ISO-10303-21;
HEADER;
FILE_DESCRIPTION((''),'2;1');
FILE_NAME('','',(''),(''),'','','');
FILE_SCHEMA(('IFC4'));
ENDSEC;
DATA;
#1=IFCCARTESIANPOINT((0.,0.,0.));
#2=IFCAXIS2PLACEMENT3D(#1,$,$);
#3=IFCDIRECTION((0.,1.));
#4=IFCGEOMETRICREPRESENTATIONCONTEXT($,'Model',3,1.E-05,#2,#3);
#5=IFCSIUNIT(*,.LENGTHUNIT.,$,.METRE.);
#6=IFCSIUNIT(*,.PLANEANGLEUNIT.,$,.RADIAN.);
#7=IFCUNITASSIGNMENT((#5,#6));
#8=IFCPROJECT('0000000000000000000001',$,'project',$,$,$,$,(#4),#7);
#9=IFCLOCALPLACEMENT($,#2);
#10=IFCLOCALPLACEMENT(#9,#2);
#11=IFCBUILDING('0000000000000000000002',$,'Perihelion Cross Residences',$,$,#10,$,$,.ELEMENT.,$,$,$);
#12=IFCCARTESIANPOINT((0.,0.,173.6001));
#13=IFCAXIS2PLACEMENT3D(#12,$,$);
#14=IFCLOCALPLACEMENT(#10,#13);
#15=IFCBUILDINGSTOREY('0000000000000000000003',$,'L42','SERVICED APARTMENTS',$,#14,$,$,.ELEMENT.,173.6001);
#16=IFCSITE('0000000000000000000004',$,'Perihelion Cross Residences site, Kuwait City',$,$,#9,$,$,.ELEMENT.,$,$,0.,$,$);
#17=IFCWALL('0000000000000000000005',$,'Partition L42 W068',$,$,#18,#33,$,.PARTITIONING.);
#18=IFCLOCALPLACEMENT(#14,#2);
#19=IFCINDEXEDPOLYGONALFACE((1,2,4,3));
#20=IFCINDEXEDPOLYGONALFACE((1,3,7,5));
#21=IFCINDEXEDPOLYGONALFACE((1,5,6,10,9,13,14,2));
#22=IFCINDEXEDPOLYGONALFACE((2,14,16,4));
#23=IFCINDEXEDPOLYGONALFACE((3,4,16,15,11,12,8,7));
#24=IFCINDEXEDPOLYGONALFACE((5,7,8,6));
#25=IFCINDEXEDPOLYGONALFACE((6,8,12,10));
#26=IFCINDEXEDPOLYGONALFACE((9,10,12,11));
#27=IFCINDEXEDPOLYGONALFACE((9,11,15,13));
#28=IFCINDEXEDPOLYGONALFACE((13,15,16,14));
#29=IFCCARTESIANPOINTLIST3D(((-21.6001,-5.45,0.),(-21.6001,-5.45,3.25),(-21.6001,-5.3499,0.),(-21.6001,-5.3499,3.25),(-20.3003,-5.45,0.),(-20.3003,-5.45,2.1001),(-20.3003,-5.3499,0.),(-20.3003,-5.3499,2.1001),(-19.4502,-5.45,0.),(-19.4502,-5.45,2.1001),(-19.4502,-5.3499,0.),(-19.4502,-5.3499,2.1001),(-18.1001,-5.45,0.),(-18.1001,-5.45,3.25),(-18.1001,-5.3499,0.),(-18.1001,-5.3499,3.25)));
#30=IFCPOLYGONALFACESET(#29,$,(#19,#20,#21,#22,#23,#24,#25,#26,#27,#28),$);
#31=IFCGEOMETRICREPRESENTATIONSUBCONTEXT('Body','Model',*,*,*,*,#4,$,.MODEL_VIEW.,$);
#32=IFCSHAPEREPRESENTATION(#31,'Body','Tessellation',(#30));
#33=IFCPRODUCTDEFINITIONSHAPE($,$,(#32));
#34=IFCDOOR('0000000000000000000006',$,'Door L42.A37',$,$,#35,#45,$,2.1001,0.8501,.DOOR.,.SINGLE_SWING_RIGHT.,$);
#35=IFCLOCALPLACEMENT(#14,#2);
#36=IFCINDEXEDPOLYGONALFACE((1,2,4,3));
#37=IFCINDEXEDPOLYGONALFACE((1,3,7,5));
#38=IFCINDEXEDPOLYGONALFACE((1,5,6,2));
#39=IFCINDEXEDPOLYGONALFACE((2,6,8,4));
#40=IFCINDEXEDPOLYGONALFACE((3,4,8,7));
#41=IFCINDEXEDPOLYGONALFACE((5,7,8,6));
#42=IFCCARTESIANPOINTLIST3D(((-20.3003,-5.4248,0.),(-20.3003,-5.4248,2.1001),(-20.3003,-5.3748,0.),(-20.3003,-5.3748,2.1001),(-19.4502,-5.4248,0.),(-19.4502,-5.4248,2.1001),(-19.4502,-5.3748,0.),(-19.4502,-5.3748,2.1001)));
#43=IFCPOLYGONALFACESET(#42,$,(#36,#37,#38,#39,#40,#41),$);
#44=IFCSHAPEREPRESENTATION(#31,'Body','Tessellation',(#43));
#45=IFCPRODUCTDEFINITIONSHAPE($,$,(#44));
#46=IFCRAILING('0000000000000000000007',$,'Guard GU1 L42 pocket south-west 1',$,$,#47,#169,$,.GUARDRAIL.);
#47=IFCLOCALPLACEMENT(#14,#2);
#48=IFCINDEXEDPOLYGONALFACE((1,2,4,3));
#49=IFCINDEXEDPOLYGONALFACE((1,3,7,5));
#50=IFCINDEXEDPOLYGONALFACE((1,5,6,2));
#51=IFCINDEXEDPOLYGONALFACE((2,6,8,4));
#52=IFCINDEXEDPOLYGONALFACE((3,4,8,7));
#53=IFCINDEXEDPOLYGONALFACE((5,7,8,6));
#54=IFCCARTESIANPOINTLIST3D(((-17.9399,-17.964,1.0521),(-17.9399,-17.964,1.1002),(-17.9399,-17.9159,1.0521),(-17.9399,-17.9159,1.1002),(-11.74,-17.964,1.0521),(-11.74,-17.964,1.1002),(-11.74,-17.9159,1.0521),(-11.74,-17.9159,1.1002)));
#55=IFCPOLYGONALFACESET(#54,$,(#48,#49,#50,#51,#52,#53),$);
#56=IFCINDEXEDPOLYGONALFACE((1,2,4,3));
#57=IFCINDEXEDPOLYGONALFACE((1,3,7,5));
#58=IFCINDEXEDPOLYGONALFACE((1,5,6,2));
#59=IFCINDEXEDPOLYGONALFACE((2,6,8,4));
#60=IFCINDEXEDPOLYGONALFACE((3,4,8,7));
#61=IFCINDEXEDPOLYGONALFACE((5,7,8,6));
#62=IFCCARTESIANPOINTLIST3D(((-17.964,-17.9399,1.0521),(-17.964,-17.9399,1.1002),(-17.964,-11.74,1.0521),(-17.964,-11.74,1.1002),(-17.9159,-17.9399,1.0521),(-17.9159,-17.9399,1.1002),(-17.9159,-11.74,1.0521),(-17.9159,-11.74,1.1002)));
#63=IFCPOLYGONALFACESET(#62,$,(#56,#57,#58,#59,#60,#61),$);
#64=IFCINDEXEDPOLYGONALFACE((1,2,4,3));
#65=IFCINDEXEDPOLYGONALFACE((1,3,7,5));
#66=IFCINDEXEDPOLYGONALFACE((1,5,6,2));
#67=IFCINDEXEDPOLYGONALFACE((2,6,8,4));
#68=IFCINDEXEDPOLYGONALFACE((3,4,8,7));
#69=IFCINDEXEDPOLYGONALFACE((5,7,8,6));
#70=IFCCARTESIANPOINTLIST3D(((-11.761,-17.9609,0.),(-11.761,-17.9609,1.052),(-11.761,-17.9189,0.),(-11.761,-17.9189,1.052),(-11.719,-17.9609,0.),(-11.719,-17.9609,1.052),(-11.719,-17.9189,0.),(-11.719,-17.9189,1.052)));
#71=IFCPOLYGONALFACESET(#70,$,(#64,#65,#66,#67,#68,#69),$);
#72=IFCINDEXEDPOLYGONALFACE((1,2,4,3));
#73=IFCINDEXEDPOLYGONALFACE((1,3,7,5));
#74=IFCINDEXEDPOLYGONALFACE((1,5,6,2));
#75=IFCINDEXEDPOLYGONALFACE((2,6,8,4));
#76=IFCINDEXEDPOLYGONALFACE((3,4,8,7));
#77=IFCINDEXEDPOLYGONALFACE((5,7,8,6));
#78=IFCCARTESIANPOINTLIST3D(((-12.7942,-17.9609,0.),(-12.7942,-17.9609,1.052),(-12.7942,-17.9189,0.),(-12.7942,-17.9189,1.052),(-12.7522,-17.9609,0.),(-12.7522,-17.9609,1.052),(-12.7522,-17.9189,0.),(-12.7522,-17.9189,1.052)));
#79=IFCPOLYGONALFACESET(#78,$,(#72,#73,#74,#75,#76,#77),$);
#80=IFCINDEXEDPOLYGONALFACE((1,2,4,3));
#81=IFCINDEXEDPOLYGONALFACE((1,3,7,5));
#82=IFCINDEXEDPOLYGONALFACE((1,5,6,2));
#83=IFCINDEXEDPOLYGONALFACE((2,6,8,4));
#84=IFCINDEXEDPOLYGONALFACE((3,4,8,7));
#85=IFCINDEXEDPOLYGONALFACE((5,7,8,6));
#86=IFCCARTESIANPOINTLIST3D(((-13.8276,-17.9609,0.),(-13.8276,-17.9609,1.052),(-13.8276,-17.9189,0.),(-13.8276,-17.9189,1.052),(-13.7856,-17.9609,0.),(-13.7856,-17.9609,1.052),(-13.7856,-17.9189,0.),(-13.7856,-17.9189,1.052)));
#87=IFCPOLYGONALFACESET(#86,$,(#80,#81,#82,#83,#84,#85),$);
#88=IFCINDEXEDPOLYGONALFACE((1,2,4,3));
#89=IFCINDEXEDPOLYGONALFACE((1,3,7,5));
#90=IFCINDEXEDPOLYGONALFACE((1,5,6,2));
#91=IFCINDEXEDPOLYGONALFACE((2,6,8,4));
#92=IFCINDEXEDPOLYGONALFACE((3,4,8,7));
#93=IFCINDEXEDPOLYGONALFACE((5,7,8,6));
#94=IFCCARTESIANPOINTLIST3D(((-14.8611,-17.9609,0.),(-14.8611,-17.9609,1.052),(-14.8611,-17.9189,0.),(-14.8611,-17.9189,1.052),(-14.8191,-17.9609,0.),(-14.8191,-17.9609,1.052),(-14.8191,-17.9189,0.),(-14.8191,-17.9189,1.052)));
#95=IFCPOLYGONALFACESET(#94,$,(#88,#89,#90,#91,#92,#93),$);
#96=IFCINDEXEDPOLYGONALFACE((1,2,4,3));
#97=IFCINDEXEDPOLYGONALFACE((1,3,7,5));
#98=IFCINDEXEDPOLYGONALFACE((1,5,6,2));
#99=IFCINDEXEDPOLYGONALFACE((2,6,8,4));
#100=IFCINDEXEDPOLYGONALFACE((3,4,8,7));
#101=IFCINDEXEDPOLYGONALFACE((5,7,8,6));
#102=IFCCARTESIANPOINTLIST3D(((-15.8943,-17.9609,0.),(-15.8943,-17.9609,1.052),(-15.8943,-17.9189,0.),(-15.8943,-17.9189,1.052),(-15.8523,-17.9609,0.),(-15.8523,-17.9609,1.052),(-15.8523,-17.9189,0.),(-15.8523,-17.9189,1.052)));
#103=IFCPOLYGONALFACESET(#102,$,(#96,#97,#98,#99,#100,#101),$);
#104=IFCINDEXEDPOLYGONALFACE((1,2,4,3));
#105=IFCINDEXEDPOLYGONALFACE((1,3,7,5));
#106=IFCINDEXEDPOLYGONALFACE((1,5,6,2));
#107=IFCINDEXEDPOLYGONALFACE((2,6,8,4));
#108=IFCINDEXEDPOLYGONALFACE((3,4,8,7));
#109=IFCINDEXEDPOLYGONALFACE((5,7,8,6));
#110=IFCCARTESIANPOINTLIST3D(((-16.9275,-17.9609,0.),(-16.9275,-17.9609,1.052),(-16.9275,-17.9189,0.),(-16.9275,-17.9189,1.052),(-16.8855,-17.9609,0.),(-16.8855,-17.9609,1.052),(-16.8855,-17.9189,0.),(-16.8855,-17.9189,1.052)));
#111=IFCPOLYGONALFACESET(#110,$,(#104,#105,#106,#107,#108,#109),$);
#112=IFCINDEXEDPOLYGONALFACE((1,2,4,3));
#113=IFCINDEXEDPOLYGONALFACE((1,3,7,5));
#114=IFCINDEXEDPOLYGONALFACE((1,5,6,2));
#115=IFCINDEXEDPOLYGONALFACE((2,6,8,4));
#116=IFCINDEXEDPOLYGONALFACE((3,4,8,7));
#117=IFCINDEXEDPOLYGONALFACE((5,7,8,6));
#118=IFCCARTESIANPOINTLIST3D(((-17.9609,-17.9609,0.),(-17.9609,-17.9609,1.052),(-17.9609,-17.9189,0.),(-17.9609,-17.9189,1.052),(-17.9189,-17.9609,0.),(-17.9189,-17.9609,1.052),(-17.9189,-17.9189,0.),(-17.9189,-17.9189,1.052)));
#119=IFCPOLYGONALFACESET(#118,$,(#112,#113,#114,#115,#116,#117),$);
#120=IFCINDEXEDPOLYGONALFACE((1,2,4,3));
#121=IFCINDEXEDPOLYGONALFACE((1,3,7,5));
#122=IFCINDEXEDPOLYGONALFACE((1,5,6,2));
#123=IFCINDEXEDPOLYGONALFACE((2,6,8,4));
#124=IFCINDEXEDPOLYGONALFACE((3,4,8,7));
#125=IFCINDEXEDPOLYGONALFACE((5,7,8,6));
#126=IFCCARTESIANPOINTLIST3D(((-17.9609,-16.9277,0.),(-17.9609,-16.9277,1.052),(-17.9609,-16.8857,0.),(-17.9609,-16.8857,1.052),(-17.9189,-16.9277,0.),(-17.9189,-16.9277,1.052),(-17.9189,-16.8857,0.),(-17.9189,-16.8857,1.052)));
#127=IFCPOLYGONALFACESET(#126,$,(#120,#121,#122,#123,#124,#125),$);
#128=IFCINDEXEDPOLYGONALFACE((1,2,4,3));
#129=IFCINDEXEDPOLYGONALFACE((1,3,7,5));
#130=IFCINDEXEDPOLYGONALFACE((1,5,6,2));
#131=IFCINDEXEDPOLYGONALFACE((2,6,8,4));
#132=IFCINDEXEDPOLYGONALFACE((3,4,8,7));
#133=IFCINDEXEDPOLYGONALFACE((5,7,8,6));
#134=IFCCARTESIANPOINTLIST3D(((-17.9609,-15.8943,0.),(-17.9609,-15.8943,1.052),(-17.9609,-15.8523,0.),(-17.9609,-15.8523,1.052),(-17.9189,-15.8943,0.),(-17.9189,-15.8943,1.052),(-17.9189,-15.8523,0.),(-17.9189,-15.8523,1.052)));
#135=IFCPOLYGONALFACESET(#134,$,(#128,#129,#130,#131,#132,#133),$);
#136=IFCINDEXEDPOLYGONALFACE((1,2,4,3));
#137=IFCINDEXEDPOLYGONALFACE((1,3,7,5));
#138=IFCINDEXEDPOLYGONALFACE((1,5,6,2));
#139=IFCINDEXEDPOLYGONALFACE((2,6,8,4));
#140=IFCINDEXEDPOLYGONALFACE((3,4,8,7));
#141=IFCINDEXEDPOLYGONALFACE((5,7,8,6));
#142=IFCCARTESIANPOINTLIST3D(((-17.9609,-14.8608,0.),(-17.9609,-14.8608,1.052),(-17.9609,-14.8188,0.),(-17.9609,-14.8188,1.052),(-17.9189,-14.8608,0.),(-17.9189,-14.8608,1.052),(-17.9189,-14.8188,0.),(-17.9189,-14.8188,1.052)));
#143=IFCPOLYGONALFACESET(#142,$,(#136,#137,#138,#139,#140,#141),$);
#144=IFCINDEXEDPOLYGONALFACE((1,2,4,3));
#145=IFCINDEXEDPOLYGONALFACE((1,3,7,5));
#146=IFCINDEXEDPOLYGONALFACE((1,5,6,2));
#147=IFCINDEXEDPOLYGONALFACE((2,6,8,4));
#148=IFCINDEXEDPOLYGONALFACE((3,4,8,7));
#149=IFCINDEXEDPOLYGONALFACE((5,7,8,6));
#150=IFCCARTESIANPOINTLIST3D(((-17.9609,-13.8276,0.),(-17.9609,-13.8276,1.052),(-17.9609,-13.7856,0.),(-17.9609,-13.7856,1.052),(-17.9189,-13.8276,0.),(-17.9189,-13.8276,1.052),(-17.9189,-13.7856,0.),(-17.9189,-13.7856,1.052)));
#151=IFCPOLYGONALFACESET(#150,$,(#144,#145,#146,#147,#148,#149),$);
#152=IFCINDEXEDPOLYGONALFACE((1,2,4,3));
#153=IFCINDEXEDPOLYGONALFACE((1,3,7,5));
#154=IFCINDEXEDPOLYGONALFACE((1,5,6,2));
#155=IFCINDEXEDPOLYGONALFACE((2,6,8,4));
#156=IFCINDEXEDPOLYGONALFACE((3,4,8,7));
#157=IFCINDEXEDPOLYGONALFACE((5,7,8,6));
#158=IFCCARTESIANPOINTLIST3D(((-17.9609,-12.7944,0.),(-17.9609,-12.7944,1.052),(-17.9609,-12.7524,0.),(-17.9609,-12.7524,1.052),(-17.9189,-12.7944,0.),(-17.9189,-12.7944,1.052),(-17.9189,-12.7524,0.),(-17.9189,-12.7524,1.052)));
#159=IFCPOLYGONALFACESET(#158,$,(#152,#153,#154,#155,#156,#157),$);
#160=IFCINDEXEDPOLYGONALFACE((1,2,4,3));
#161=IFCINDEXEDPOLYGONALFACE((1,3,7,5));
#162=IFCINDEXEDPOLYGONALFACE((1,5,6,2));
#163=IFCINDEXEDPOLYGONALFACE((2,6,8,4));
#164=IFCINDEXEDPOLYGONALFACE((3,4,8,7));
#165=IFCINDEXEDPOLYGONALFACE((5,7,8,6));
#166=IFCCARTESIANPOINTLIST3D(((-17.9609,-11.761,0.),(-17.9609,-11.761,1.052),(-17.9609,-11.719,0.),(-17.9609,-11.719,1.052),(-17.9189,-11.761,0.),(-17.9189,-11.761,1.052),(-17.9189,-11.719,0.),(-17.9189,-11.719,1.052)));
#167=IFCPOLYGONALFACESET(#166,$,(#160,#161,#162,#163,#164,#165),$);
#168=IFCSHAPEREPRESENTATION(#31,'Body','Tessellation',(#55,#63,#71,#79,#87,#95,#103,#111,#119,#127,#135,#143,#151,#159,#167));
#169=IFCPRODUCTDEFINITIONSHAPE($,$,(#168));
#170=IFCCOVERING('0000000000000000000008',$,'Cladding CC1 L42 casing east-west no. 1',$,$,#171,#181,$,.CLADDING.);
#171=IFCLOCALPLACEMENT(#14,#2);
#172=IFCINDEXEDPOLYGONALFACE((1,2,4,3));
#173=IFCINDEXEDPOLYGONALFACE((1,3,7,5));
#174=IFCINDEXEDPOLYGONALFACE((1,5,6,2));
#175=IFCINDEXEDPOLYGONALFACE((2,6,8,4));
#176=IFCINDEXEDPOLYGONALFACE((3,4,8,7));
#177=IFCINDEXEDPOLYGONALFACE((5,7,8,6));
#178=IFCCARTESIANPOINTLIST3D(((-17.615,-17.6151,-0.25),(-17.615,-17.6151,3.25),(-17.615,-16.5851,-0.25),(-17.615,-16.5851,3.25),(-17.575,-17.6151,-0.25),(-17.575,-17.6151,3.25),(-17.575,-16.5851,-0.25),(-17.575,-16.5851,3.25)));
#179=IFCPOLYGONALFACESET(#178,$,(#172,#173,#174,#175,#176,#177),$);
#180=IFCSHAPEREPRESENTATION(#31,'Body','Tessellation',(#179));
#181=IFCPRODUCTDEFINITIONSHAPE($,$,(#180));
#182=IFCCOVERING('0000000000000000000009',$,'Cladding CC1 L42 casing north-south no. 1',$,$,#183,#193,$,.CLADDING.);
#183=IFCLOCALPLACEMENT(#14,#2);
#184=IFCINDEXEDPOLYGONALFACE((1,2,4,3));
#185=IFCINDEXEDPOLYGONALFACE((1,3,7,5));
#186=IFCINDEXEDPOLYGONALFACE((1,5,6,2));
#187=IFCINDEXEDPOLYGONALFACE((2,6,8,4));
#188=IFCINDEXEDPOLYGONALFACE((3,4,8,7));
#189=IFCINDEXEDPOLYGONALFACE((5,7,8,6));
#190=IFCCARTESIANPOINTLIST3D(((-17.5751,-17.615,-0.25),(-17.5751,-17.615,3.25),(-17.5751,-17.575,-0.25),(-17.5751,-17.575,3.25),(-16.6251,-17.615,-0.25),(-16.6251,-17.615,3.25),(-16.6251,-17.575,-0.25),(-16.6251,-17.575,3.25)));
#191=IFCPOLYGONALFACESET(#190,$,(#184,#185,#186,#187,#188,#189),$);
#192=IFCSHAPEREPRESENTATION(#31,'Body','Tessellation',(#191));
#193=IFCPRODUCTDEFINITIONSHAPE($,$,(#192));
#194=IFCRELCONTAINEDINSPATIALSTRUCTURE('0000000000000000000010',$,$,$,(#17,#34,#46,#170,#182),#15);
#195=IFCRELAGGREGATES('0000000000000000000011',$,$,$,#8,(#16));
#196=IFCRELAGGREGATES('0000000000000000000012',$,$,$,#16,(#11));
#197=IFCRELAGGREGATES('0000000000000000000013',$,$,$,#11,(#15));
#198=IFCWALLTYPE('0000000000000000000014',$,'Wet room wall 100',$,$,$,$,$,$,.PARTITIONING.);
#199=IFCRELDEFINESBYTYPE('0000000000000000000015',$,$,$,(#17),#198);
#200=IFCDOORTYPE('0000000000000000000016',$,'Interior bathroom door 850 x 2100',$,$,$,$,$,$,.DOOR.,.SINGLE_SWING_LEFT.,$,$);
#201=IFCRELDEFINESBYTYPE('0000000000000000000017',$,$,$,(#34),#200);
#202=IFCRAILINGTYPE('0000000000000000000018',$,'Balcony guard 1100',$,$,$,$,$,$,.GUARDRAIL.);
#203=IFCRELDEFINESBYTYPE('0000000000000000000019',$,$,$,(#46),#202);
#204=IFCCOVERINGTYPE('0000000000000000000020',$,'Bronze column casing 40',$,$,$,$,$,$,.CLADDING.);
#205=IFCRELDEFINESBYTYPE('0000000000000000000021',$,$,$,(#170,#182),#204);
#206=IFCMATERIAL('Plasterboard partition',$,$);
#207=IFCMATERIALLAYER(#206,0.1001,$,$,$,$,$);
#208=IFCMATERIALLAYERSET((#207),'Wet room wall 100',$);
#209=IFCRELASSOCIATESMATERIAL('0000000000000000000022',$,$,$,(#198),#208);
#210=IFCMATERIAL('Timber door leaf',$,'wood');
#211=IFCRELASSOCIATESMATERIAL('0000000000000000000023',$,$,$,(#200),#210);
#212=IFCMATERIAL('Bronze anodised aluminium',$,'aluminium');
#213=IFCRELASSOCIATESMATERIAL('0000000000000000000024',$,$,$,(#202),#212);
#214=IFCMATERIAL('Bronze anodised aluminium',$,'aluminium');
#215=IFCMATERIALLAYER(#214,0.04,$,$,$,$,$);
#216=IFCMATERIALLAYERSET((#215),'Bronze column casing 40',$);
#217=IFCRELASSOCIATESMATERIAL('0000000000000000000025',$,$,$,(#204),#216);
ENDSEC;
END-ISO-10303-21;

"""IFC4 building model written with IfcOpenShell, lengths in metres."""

from ifc_helpers import new_model, si_unit, direction, frame, frame_2d, origin, origin_2d, place, context, subcontext, project, spatial, rectangle, extrude, material, layer, layer_set, type_object, element, fill, save


model = new_model("IFC4")

# Units and contexts
model_context = context("Model", 3, precision=1e-05, world=origin(), true_north=direction((0.0, 1.0)))
body_context = subcontext(model_context, "Body", "Model", "MODEL_VIEW")
ifc_project = project(units=[si_unit("LENGTHUNIT", "METRE"), si_unit("PLANEANGLEUNIT", "RADIAN")], contexts=[model_context])

# Site, building, storey
site_placement = place(None, origin())
site = spatial("IfcSite", under=ifc_project, at=site_placement, Name="Perihelion Cross Residences site, Kuwait City", CompositionType="ELEMENT", RefElevation=0.0)
building_placement = place(site_placement, origin())
building = spatial("IfcBuilding", under=site, at=building_placement, Name="Perihelion Cross Residences", CompositionType="ELEMENT")
storey_placement = place(building_placement, frame((0.0, 0.0, 173.6001)))
storey = spatial("IfcBuildingStorey", under=building, at=storey_placement, Name="L42", Description="SERVICED APARTMENTS", CompositionType="ELEMENT", Elevation=173.6001)

# Shared definitions
ifc_material_1 = material(Name="Plasterboard partition")
ifc_layer_1 = layer(ifc_material_1, 0.1001)
ifc_layer_set_1 = layer_set([ifc_layer_1], Name="Wet room wall 100")
wall_type_1 = type_object("IfcWallType", Name="Wet room wall 100", PredefinedType="PARTITIONING", material=ifc_layer_set_1)

# Wall, opening, door
wall_1_placement = place(storey_placement, frame((-18.1001, -5.3999, 0.0), z_axis=(0.0, 0.0, 1.0), x_axis=(-1.0, 0.0, 0.0)))
wall_1 = element("IfcWall", 1, at=wall_1_placement, inside=storey, type_object=wall_type_1, Name="Partition L42 W068", PredefinedType="PARTITIONING", context=body_context, shape_type="SweptSolid", body=[
    extrude(rectangle(XDim=3.5, YDim=0.1001, at=frame_2d((1.75, 0.0))), origin(), (0.0, 0.0, 1.0), 3.25),
])
opening_1_placement = place(wall_1_placement, frame((1.3501, 0.0, 0.0)))
opening_1 = element("IfcOpeningElement", 2, at=opening_1_placement, cuts=wall_1, PredefinedType="OPENING", context=body_context, shape_type="SweptSolid", body=[
    extrude(rectangle(XDim=0.8501, YDim=2.1001, at=frame_2d((0.425, 1.05))), frame((0.0, 0.0601, 0.0), z_axis=(0.0, -1.0, 0.0), x_axis=(1.0, 0.0, 0.0)), (0.0, 0.0, 1.0), 0.1201),
])
ifc_material_2 = material(Name="Timber door leaf", Category="wood")
door_type_1 = type_object("IfcDoorType", Name="Interior bathroom door 850 x 2100", OperationType="SINGLE_SWING_LEFT", PredefinedType="DOOR", material=ifc_material_2)
door_1_placement = place(opening_1_placement, origin())
door_1 = element("IfcDoor", 3, at=door_1_placement, inside=storey, type_object=door_type_1, Name="Door L42.A37", OperationType="SINGLE_SWING_RIGHT", OverallHeight=2.1001, OverallWidth=0.8501, PredefinedType="DOOR", context=body_context, shape_type="SweptSolid", body=[
    extrude(rectangle(XDim=0.8501, YDim=2.1001, at=frame_2d((0.425, 1.05))), frame((0.0, 0.0249, 0.0), z_axis=(0.0, -1.0, 0.0), x_axis=(1.0, 0.0, 0.0)), (0.0, 0.0, 1.0), 0.05),
])
fill(opening_1, door_1)

# Railing
ifc_material_3 = material(Name="Bronze anodised aluminium", Category="aluminium")
railing_type = type_object("IfcRailingType", Name="Balcony guard 1100", PredefinedType="GUARDRAIL", material=ifc_material_3)
railing_placement = place(storey_placement, frame((-11.74, -17.9399, 0.0)))
element("IfcRailing", 4, at=railing_placement, inside=storey, type_object=railing_type, Name="Guard GU1 L42 pocket south-west 1", PredefinedType="GUARDRAIL", context=body_context, shape_type="SweptSolid", body=[
    extrude(rectangle(XDim=0.0481, YDim=0.0481, at=origin_2d()), frame((0.0, 0.0, 1.0762), z_axis=(-1.0, 0.0, 0.0), x_axis=(0.0, -1.0, 0.0)), (0.0, 0.0, 1.0), 6.2),
    extrude(rectangle(XDim=0.0481, YDim=0.0481, at=origin_2d()), frame((-6.2, 0.0, 1.0762), z_axis=(0.0, 1.0, 0.0), x_axis=(-1.0, 0.0, 0.0)), (0.0, 0.0, 1.0), 6.2),
    extrude(rectangle(XDim=0.042, YDim=0.042, at=origin_2d()), origin(), (0.0, 0.0, 1.0), 1.052),
    extrude(rectangle(XDim=0.042, YDim=0.042, at=origin_2d()), frame((-1.0332, 0.0, 0.0)), (0.0, 0.0, 1.0), 1.052),
    extrude(rectangle(XDim=0.042, YDim=0.042, at=origin_2d()), frame((-2.0667, 0.0, 0.0)), (0.0, 0.0, 1.0), 1.052),
    extrude(rectangle(XDim=0.042, YDim=0.042, at=origin_2d()), frame((-3.1001, 0.0, 0.0)), (0.0, 0.0, 1.0), 1.052),
    extrude(rectangle(XDim=0.042, YDim=0.042, at=origin_2d()), frame((-4.1333, 0.0, 0.0)), (0.0, 0.0, 1.0), 1.052),
    extrude(rectangle(XDim=0.042, YDim=0.042, at=origin_2d()), frame((-5.1665, 0.0, 0.0)), (0.0, 0.0, 1.0), 1.052),
    extrude(rectangle(XDim=0.042, YDim=0.042, at=origin_2d()), frame((-6.2, 0.0, 0.0)), (0.0, 0.0, 1.0), 1.052),
    extrude(rectangle(XDim=0.042, YDim=0.042, at=origin_2d()), frame((-6.2, 1.0332, 0.0)), (0.0, 0.0, 1.0), 1.052),
    extrude(rectangle(XDim=0.042, YDim=0.042, at=origin_2d()), frame((-6.2, 2.0667, 0.0)), (0.0, 0.0, 1.0), 1.052),
    extrude(rectangle(XDim=0.042, YDim=0.042, at=origin_2d()), frame((-6.2, 3.1001, 0.0)), (0.0, 0.0, 1.0), 1.052),
    extrude(rectangle(XDim=0.042, YDim=0.042, at=origin_2d()), frame((-6.2, 4.1333, 0.0)), (0.0, 0.0, 1.0), 1.052),
    extrude(rectangle(XDim=0.042, YDim=0.042, at=origin_2d()), frame((-6.2, 5.1665, 0.0)), (0.0, 0.0, 1.0), 1.052),
    extrude(rectangle(XDim=0.042, YDim=0.042, at=origin_2d()), frame((-6.2, 6.2, 0.0)), (0.0, 0.0, 1.0), 1.052),
])

# Coverings
ifc_material_4 = material(Name="Bronze anodised aluminium", Category="aluminium")
ifc_layer_2 = layer(ifc_material_4, 0.04)
ifc_layer_set_2 = layer_set([ifc_layer_2], Name="Bronze column casing 40")
covering_type = type_object("IfcCoveringType", Name="Bronze column casing 40", PredefinedType="CLADDING", material=ifc_layer_set_2)
covering_1_placement = place(storey_placement, frame((-17.595, -17.1001, -0.25), z_axis=(0.0, 0.0, 1.0), x_axis=(1.0, 0.0, 0.0)))
element("IfcCovering", 5, at=covering_1_placement, inside=storey, type_object=covering_type, Name="Cladding CC1 L42 casing east-west no. 1", PredefinedType="CLADDING", context=body_context, shape_type="SweptSolid", body=[
    extrude(rectangle(XDim=0.04, YDim=1.03, at=origin_2d()), origin(), (0.0, 0.0, 1.0), 3.5),
])
covering_2_placement = place(storey_placement, frame((-17.1001, -17.595, -0.25), z_axis=(0.0, 0.0, 1.0), x_axis=(1.0, 0.0, 0.0)))
element("IfcCovering", 6, at=covering_2_placement, inside=storey, type_object=covering_type, Name="Cladding CC1 L42 casing north-south no. 1", PredefinedType="CLADDING", context=body_context, shape_type="SweptSolid", body=[
    extrude(rectangle(XDim=0.95, YDim=0.04, at=origin_2d()), origin(), (0.0, 0.0, 1.0), 3.5),
])

save(model, "model.ifc")
